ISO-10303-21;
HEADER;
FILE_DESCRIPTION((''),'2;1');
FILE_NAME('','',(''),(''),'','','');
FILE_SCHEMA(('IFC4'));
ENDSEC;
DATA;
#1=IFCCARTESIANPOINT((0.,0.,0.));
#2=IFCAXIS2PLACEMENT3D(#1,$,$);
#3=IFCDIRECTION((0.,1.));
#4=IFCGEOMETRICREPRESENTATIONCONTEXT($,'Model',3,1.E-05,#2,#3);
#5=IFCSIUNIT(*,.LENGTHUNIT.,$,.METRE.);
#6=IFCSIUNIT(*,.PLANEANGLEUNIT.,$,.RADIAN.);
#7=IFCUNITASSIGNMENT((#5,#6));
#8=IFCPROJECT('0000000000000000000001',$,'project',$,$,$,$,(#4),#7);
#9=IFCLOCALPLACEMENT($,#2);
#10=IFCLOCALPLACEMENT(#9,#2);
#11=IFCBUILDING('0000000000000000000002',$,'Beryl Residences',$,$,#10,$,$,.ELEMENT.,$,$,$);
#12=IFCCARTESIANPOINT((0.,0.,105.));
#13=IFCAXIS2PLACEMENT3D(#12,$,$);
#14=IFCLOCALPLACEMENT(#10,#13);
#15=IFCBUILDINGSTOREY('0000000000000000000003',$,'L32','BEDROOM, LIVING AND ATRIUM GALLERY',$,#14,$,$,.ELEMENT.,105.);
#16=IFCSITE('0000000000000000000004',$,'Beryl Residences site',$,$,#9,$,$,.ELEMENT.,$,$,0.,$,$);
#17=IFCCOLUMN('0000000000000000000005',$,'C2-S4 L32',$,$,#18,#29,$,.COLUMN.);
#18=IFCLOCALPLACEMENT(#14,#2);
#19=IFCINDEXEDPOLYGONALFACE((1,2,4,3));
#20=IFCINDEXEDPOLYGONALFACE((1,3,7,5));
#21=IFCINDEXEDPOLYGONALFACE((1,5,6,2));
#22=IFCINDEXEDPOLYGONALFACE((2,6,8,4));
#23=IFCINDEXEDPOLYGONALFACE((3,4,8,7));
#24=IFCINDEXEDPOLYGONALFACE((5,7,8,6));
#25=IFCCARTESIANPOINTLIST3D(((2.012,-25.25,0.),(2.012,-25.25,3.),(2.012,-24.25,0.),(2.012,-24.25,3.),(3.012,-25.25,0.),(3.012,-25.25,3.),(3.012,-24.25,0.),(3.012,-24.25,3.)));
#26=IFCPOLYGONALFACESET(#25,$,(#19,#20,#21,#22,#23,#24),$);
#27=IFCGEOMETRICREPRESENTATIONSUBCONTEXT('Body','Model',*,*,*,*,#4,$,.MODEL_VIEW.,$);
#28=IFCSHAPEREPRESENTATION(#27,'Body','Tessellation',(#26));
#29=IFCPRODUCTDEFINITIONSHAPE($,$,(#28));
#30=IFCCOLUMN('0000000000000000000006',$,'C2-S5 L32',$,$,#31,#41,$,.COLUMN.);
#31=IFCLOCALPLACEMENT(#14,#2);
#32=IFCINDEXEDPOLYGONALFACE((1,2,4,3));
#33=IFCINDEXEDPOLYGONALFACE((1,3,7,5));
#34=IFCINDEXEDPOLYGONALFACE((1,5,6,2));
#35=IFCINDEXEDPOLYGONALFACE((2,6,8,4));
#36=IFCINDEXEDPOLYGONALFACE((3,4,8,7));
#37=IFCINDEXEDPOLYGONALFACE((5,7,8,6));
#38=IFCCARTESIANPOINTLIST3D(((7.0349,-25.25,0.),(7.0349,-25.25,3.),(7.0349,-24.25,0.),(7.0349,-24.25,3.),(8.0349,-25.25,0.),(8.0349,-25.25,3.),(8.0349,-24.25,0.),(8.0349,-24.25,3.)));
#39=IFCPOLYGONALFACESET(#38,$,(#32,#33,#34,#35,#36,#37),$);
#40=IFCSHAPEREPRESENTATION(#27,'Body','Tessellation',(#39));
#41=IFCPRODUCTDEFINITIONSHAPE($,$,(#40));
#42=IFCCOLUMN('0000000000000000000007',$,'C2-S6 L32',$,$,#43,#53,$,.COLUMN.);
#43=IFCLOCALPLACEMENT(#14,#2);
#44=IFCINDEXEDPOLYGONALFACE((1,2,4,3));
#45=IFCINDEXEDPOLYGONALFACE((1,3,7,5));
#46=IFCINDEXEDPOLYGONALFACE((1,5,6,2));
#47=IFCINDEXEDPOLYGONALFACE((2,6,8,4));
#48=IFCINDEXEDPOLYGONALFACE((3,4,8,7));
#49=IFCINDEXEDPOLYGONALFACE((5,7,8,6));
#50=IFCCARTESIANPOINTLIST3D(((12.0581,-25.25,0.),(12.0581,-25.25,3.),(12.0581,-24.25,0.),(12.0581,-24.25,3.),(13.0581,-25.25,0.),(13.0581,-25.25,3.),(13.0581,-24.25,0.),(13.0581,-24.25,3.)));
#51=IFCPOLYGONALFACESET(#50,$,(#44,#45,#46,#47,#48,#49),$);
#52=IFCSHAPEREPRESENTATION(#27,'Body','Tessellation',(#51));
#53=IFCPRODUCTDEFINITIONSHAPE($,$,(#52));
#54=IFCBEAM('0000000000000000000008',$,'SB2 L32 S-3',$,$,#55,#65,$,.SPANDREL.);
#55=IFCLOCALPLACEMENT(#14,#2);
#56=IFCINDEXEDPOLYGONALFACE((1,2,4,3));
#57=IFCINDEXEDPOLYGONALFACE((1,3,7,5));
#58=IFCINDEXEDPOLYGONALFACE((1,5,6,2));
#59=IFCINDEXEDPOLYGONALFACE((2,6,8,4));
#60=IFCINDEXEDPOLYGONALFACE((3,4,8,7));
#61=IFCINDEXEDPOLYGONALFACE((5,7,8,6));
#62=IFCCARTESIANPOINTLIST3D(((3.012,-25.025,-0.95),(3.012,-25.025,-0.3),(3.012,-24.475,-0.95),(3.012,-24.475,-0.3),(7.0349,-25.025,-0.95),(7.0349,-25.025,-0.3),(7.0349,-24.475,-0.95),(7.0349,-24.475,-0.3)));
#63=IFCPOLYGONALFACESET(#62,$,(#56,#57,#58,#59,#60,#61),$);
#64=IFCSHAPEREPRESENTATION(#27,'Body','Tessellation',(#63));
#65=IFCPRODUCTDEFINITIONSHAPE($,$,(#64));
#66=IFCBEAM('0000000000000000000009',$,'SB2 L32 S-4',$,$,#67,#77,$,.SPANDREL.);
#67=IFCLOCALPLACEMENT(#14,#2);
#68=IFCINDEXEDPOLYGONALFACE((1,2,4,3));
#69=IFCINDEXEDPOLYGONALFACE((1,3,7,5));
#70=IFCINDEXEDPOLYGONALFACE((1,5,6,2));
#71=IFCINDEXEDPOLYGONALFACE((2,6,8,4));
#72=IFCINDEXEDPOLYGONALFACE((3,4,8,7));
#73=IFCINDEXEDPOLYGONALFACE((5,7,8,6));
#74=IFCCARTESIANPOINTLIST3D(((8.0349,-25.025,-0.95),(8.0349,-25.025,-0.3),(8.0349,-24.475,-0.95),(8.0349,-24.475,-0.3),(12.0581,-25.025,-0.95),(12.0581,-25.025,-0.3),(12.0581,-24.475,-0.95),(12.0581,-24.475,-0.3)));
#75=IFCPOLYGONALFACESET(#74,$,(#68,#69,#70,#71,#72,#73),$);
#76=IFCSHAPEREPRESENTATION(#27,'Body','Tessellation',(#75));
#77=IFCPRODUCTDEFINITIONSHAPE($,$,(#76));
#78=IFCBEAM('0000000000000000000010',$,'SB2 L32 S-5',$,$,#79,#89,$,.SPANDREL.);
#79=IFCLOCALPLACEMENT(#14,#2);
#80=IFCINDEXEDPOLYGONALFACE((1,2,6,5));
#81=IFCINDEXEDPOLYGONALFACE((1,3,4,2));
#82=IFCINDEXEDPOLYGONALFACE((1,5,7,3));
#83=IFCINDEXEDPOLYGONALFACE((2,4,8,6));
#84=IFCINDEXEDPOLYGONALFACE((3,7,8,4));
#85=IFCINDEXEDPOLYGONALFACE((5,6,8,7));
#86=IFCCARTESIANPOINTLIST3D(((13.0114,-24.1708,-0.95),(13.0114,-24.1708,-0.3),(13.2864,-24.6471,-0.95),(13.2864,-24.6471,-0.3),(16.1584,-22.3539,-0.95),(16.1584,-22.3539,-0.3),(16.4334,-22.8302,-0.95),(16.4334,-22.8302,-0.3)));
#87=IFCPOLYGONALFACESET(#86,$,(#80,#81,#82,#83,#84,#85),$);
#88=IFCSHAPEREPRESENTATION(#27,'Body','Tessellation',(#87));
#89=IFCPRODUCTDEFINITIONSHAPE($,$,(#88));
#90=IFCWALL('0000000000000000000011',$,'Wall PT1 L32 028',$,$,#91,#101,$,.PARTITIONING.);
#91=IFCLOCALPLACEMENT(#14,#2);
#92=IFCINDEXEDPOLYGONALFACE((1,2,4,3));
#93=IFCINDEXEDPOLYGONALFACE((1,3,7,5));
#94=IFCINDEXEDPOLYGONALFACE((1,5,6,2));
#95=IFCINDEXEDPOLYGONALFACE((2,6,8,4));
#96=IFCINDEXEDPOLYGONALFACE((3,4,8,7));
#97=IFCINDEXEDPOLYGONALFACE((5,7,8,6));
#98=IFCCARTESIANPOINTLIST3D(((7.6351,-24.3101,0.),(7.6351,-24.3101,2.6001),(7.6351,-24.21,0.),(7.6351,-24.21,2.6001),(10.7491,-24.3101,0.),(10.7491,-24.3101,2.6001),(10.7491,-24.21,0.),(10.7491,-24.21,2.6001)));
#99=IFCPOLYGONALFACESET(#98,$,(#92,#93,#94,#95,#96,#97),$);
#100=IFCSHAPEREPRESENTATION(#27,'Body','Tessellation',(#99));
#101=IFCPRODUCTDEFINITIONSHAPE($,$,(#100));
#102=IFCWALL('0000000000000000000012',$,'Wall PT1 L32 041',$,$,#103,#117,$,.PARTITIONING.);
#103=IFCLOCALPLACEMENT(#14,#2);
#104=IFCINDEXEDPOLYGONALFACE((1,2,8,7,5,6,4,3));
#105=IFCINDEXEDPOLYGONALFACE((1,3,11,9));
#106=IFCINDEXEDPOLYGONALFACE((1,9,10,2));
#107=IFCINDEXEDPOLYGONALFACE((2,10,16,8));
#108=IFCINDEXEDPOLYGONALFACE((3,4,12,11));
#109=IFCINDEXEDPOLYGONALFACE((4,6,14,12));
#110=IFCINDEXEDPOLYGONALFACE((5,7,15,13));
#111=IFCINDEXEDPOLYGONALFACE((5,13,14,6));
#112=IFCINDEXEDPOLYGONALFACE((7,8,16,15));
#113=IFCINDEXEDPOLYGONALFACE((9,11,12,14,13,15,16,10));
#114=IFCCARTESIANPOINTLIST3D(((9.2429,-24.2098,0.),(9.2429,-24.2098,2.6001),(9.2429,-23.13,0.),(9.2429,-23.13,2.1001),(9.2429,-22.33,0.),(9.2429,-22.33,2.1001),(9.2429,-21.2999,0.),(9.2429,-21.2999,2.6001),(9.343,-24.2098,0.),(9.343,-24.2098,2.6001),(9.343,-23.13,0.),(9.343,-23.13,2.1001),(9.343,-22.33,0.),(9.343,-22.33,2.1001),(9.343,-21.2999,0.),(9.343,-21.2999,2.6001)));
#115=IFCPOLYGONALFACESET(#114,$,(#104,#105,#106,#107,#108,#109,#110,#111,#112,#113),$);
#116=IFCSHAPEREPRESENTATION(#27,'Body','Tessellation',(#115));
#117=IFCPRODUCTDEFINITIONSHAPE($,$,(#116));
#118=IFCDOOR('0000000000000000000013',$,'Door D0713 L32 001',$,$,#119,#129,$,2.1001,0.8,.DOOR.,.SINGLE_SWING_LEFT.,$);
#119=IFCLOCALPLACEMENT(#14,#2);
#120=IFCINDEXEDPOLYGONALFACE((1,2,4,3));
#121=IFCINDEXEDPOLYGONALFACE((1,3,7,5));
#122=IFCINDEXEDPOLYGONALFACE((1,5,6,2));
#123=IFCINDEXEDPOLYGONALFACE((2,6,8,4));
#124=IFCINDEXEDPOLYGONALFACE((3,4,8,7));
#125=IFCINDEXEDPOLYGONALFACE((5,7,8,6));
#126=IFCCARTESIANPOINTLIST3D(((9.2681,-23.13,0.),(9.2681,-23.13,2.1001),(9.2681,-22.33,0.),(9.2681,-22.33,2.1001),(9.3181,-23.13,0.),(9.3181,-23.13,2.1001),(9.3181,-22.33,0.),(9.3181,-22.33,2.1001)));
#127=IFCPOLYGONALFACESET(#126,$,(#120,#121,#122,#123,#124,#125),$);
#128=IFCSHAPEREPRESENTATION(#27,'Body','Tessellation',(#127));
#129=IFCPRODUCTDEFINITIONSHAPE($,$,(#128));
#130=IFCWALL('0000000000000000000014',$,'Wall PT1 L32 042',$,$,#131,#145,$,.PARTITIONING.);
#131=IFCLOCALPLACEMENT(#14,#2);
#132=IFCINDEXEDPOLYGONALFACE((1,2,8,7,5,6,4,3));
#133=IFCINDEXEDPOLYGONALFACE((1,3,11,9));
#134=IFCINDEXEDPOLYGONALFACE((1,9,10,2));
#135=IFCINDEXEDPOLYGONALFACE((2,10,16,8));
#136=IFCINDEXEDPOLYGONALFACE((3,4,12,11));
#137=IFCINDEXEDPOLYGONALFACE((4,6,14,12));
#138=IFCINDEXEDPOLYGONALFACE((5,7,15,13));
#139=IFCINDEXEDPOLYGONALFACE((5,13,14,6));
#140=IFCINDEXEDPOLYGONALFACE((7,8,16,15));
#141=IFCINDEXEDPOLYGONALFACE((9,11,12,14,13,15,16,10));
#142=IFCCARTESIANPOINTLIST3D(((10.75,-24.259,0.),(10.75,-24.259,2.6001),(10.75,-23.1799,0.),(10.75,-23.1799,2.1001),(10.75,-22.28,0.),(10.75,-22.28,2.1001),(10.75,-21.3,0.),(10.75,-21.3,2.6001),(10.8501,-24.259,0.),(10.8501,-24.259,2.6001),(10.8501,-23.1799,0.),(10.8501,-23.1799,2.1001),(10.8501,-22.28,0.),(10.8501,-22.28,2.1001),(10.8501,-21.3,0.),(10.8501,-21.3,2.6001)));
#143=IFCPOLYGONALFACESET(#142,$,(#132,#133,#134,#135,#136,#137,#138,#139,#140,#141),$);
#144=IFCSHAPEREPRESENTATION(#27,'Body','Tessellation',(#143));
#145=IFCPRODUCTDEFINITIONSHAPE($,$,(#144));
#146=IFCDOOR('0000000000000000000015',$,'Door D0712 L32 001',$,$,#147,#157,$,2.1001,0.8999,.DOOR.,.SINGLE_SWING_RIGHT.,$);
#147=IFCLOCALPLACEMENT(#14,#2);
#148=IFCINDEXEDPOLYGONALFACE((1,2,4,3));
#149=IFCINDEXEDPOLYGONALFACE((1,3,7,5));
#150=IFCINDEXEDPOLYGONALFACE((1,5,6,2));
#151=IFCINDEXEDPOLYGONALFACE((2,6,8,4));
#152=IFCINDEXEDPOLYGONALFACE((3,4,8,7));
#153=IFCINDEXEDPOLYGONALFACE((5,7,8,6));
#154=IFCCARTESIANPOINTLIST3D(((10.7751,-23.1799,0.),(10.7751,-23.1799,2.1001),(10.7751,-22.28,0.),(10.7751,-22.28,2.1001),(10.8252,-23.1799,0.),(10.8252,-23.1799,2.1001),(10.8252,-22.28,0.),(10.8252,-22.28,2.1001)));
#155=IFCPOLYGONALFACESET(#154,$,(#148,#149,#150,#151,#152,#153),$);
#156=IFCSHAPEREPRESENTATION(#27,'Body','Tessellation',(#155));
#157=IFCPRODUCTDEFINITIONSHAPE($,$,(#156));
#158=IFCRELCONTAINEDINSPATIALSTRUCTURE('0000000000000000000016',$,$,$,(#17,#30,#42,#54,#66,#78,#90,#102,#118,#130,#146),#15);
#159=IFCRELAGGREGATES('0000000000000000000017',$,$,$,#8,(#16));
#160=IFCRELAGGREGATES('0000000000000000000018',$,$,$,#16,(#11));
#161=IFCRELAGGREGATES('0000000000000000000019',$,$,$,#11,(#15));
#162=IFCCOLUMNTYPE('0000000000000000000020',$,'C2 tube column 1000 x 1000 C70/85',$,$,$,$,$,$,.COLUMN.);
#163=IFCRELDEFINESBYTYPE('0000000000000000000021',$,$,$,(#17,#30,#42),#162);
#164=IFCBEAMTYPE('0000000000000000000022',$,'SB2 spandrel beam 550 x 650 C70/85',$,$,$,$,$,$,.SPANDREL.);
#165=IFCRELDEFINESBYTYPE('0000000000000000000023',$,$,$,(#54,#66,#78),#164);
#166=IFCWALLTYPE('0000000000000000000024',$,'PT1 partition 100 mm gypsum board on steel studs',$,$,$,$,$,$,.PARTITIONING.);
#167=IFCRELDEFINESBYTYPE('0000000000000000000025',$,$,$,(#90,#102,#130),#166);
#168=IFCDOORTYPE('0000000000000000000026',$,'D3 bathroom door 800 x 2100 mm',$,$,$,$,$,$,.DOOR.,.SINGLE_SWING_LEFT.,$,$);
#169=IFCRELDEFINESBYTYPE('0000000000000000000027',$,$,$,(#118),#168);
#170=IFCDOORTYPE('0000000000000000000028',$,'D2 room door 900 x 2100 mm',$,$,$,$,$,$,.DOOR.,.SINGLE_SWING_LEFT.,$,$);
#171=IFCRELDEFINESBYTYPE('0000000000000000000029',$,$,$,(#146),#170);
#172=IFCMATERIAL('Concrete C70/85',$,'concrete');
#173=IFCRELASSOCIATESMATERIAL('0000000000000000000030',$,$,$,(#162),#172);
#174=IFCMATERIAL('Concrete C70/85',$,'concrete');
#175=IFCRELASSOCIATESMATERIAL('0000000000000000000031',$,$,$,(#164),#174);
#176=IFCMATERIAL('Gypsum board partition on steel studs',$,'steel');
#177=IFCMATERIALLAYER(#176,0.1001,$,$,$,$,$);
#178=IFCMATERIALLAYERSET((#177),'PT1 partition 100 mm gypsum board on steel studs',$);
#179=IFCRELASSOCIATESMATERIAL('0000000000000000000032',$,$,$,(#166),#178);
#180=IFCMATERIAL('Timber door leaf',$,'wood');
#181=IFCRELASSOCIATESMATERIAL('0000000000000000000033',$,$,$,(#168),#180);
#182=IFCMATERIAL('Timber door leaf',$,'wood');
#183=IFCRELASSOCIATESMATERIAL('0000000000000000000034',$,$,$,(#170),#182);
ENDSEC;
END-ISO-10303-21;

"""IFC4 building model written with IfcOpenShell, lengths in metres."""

from ifc_helpers import new_model, si_unit, direction, frame, frame_2d, origin, origin_2d, place, context, subcontext, project, spatial, rectangle, extrude, material, layer, layer_set, material_profile, profile_set, type_object, element, fill, save


model = new_model("IFC4")

# Units and contexts
model_context = context("Model", 3, precision=1e-05, world=origin(), true_north=direction((0.0, 1.0)))
body_context = subcontext(model_context, "Body", "Model", "MODEL_VIEW")
ifc_project = project(units=[si_unit("LENGTHUNIT", "METRE"), si_unit("PLANEANGLEUNIT", "RADIAN")], contexts=[model_context])

# Site, building, storey
site_placement = place(None, origin())
site = spatial("IfcSite", under=ifc_project, at=site_placement, Name="Beryl Residences site", CompositionType="ELEMENT", RefElevation=0.0)
building_placement = place(site_placement, origin())
building = spatial("IfcBuilding", under=site, at=building_placement, Name="Beryl Residences", CompositionType="ELEMENT")
storey_placement = place(building_placement, frame((0.0, 0.0, 105.0)))
storey = spatial("IfcBuildingStorey", under=building, at=storey_placement, Name="L32", Description="BEDROOM, LIVING AND ATRIUM GALLERY", CompositionType="ELEMENT", Elevation=105.0)

# Columns
ifc_material_1 = material(Name="Concrete C70/85", Category="concrete")
ifc_material_profile_1 = material_profile(ifc_material_1, rectangle(XDim=1.0, YDim=1.0, at=origin_2d()))
ifc_profile_set_1 = profile_set([ifc_material_profile_1], Name="Concrete C70/85")
column_type = type_object("IfcColumnType", Name="C2 tube column 1000 x 1000 C70/85", PredefinedType="COLUMN", material=ifc_profile_set_1)
for number, where, z_axis, x_axis, name in (
    (1, (2.512, -24.75, 0.0), (0.0, 0.0, 1.0), (1.0, 0.0, 0.0), "C2-S4 L32"),
    (2, (7.5349, -24.75, 0.0), (0.0, 0.0, 1.0), (1.0, 0.0, 0.0), "C2-S5 L32"),
    (3, (12.5581, -24.75, 0.0), (0.0, 0.0, 1.0), (1.0, 0.0, 0.0), "C2-S6 L32"),
):
    element("IfcColumn", number, at=place(storey_placement, frame(where, z_axis=z_axis, x_axis=x_axis)), inside=storey, type_object=column_type, Name=name, PredefinedType="COLUMN", context=body_context, shape_type="SweptSolid", body=[
        extrude(rectangle(XDim=1.0, YDim=1.0, at=origin_2d()), origin(), (0.0, 0.0, 1.0), 3.0),
    ])

# Beams
ifc_material_2 = material(Name="Concrete C70/85", Category="concrete")
ifc_material_profile_2 = material_profile(ifc_material_2, rectangle(XDim=0.55, YDim=0.6499, at=origin_2d()))
ifc_profile_set_2 = profile_set([ifc_material_profile_2], Name="Concrete C70/85")
beam_type = type_object("IfcBeamType", Name="SB2 spandrel beam 550 x 650 C70/85", PredefinedType="SPANDREL", material=ifc_profile_set_2)
beam_1_placement = place(storey_placement, frame((3.012, -24.75, -0.625), z_axis=(1.0, 0.0, 0.0), x_axis=(0.0, 1.0, 0.0)))
element("IfcBeam", 4, at=beam_1_placement, inside=storey, type_object=beam_type, Name="SB2 L32 S-3", PredefinedType="SPANDREL", context=body_context, shape_type="SweptSolid", body=[
    extrude(rectangle(XDim=0.55, YDim=0.6499, at=origin_2d()), origin(), (0.0, 0.0, 1.0), 4.0229),
])
beam_2_placement = place(storey_placement, frame((8.0349, -24.75, -0.625), z_axis=(1.0, 0.0, 0.0), x_axis=(0.0, 1.0, 0.0)))
element("IfcBeam", 5, at=beam_2_placement, inside=storey, type_object=beam_type, Name="SB2 L32 S-4", PredefinedType="SPANDREL", context=body_context, shape_type="SweptSolid", body=[
    extrude(rectangle(XDim=0.55, YDim=0.6499, at=origin_2d()), origin(), (0.0, 0.0, 1.0), 4.0232),
])
beam_3_placement = place(storey_placement, frame((13.1489, -24.4089, -0.625), z_axis=(0.866027, 0.499998, 0.0), x_axis=(-0.499998, 0.866027, 0.0)))
element("IfcBeam", 6, at=beam_3_placement, inside=storey, type_object=beam_type, Name="SB2 L32 S-5", PredefinedType="SPANDREL", context=body_context, shape_type="SweptSolid", body=[
    extrude(rectangle(XDim=0.55, YDim=0.6499, at=origin_2d()), origin(), (0.0, 0.0, 1.0), 3.6338),
])

# Wall
ifc_material_3 = material(Name="Gypsum board partition on steel studs", Category="steel")
ifc_layer_1 = layer(ifc_material_3, 0.1001)
ifc_layer_set_1 = layer_set([ifc_layer_1], Name="PT1 partition 100 mm gypsum board on steel studs")
wall_type_1 = type_object("IfcWallType", Name="PT1 partition 100 mm gypsum board on steel studs", PredefinedType="PARTITIONING", material=ifc_layer_set_1)
wall_1_placement = place(storey_placement, frame((7.635, -24.26, 0.0), z_axis=(0.0, 0.0, 1.0), x_axis=(1.0, 0.0, 0.0)))
element("IfcWall", 7, at=wall_1_placement, inside=storey, type_object=wall_type_1, Name="Wall PT1 L32 028", PredefinedType="PARTITIONING", context=body_context, shape_type="SweptSolid", body=[
    extrude(rectangle(XDim=3.114, YDim=0.1001, at=frame_2d((1.5571, 0.0))), origin(), (0.0, 0.0, 1.0), 2.6001),
])

# Walls, openings, doors
wall_2_placement = place(storey_placement, frame((9.293, -24.21, 0.0), z_axis=(0.0, 0.0, 1.0), x_axis=(0.0, 1.0, 0.0)))
wall_2 = element("IfcWall", 8, at=wall_2_placement, inside=storey, type_object=wall_type_1, Name="Wall PT1 L32 041", PredefinedType="PARTITIONING", context=body_context, shape_type="SweptSolid", body=[
    extrude(rectangle(XDim=2.9099, YDim=0.1001, at=frame_2d((1.4551, 0.0))), origin(), (0.0, 0.0, 1.0), 2.6001),
])
opening_1_placement = place(wall_2_placement, frame((1.0801, 0.0, 0.0)))
opening_1 = element("IfcOpeningElement", 9, at=opening_1_placement, cuts=wall_2, PredefinedType="OPENING", context=body_context, shape_type="SweptSolid", body=[
    extrude(rectangle(XDim=0.8, YDim=2.1001, at=frame_2d((0.3999, 1.05))), frame((0.0, 0.0601, 0.0), z_axis=(0.0, -1.0, 0.0), x_axis=(1.0, 0.0, 0.0)), (0.0, 0.0, 1.0), 0.1201),
])
ifc_material_4 = material(Name="Timber door leaf", Category="wood")
door_type_1 = type_object("IfcDoorType", Name="D3 bathroom door 800 x 2100 mm", OperationType="SINGLE_SWING_LEFT", PredefinedType="DOOR", material=ifc_material_4)
door_1_placement = place(opening_1_placement, origin())
door_1 = element("IfcDoor", 10, at=door_1_placement, inside=storey, type_object=door_type_1, Name="Door D0713 L32 001", OperationType="SINGLE_SWING_LEFT", OverallHeight=2.1001, OverallWidth=0.8, PredefinedType="DOOR", context=body_context, shape_type="SweptSolid", body=[
    extrude(rectangle(XDim=0.8, YDim=2.1001, at=frame_2d((0.3999, 1.05))), frame((0.0, 0.0249, 0.0), z_axis=(0.0, -1.0, 0.0), x_axis=(1.0, 0.0, 0.0)), (0.0, 0.0, 1.0), 0.05),
])
fill(opening_1, door_1)
wall_3_placement = place(storey_placement, frame((10.8, -24.259, 0.0), z_axis=(0.0, 0.0, 1.0), x_axis=(0.0, 1.0, 0.0)))
wall_3 = element("IfcWall", 11, at=wall_3_placement, inside=storey, type_object=wall_type_1, Name="Wall PT1 L32 042", PredefinedType="PARTITIONING", context=body_context, shape_type="SweptSolid", body=[
    extrude(rectangle(XDim=2.959, YDim=0.1001, at=frame_2d((1.4795, 0.0))), origin(), (0.0, 0.0, 1.0), 2.6001),
])
opening_2_placement = place(wall_3_placement, frame((1.0791, 0.0, 0.0)))
opening_2 = element("IfcOpeningElement", 12, at=opening_2_placement, cuts=wall_3, PredefinedType="OPENING", context=body_context, shape_type="SweptSolid", body=[
    extrude(rectangle(XDim=0.8999, YDim=2.1001, at=frame_2d((0.45, 1.05))), frame((0.0, 0.0601, 0.0), z_axis=(0.0, -1.0, 0.0), x_axis=(1.0, 0.0, 0.0)), (0.0, 0.0, 1.0), 0.1201),
])
ifc_material_5 = material(Name="Timber door leaf", Category="wood")
door_type_2 = type_object("IfcDoorType", Name="D2 room door 900 x 2100 mm", OperationType="SINGLE_SWING_LEFT", PredefinedType="DOOR", material=ifc_material_5)
door_2_placement = place(opening_2_placement, origin())
door_2 = element("IfcDoor", 13, at=door_2_placement, inside=storey, type_object=door_type_2, Name="Door D0712 L32 001", OperationType="SINGLE_SWING_RIGHT", OverallHeight=2.1001, OverallWidth=0.8999, PredefinedType="DOOR", context=body_context, shape_type="SweptSolid", body=[
    extrude(rectangle(XDim=0.8999, YDim=2.1001, at=frame_2d((0.45, 1.05))), frame((0.0, 0.0249, 0.0), z_axis=(0.0, -1.0, 0.0), x_axis=(1.0, 0.0, 0.0)), (0.0, 0.0, 1.0), 0.05),
])
fill(opening_2, door_2)

save(model, "model.ifc")
